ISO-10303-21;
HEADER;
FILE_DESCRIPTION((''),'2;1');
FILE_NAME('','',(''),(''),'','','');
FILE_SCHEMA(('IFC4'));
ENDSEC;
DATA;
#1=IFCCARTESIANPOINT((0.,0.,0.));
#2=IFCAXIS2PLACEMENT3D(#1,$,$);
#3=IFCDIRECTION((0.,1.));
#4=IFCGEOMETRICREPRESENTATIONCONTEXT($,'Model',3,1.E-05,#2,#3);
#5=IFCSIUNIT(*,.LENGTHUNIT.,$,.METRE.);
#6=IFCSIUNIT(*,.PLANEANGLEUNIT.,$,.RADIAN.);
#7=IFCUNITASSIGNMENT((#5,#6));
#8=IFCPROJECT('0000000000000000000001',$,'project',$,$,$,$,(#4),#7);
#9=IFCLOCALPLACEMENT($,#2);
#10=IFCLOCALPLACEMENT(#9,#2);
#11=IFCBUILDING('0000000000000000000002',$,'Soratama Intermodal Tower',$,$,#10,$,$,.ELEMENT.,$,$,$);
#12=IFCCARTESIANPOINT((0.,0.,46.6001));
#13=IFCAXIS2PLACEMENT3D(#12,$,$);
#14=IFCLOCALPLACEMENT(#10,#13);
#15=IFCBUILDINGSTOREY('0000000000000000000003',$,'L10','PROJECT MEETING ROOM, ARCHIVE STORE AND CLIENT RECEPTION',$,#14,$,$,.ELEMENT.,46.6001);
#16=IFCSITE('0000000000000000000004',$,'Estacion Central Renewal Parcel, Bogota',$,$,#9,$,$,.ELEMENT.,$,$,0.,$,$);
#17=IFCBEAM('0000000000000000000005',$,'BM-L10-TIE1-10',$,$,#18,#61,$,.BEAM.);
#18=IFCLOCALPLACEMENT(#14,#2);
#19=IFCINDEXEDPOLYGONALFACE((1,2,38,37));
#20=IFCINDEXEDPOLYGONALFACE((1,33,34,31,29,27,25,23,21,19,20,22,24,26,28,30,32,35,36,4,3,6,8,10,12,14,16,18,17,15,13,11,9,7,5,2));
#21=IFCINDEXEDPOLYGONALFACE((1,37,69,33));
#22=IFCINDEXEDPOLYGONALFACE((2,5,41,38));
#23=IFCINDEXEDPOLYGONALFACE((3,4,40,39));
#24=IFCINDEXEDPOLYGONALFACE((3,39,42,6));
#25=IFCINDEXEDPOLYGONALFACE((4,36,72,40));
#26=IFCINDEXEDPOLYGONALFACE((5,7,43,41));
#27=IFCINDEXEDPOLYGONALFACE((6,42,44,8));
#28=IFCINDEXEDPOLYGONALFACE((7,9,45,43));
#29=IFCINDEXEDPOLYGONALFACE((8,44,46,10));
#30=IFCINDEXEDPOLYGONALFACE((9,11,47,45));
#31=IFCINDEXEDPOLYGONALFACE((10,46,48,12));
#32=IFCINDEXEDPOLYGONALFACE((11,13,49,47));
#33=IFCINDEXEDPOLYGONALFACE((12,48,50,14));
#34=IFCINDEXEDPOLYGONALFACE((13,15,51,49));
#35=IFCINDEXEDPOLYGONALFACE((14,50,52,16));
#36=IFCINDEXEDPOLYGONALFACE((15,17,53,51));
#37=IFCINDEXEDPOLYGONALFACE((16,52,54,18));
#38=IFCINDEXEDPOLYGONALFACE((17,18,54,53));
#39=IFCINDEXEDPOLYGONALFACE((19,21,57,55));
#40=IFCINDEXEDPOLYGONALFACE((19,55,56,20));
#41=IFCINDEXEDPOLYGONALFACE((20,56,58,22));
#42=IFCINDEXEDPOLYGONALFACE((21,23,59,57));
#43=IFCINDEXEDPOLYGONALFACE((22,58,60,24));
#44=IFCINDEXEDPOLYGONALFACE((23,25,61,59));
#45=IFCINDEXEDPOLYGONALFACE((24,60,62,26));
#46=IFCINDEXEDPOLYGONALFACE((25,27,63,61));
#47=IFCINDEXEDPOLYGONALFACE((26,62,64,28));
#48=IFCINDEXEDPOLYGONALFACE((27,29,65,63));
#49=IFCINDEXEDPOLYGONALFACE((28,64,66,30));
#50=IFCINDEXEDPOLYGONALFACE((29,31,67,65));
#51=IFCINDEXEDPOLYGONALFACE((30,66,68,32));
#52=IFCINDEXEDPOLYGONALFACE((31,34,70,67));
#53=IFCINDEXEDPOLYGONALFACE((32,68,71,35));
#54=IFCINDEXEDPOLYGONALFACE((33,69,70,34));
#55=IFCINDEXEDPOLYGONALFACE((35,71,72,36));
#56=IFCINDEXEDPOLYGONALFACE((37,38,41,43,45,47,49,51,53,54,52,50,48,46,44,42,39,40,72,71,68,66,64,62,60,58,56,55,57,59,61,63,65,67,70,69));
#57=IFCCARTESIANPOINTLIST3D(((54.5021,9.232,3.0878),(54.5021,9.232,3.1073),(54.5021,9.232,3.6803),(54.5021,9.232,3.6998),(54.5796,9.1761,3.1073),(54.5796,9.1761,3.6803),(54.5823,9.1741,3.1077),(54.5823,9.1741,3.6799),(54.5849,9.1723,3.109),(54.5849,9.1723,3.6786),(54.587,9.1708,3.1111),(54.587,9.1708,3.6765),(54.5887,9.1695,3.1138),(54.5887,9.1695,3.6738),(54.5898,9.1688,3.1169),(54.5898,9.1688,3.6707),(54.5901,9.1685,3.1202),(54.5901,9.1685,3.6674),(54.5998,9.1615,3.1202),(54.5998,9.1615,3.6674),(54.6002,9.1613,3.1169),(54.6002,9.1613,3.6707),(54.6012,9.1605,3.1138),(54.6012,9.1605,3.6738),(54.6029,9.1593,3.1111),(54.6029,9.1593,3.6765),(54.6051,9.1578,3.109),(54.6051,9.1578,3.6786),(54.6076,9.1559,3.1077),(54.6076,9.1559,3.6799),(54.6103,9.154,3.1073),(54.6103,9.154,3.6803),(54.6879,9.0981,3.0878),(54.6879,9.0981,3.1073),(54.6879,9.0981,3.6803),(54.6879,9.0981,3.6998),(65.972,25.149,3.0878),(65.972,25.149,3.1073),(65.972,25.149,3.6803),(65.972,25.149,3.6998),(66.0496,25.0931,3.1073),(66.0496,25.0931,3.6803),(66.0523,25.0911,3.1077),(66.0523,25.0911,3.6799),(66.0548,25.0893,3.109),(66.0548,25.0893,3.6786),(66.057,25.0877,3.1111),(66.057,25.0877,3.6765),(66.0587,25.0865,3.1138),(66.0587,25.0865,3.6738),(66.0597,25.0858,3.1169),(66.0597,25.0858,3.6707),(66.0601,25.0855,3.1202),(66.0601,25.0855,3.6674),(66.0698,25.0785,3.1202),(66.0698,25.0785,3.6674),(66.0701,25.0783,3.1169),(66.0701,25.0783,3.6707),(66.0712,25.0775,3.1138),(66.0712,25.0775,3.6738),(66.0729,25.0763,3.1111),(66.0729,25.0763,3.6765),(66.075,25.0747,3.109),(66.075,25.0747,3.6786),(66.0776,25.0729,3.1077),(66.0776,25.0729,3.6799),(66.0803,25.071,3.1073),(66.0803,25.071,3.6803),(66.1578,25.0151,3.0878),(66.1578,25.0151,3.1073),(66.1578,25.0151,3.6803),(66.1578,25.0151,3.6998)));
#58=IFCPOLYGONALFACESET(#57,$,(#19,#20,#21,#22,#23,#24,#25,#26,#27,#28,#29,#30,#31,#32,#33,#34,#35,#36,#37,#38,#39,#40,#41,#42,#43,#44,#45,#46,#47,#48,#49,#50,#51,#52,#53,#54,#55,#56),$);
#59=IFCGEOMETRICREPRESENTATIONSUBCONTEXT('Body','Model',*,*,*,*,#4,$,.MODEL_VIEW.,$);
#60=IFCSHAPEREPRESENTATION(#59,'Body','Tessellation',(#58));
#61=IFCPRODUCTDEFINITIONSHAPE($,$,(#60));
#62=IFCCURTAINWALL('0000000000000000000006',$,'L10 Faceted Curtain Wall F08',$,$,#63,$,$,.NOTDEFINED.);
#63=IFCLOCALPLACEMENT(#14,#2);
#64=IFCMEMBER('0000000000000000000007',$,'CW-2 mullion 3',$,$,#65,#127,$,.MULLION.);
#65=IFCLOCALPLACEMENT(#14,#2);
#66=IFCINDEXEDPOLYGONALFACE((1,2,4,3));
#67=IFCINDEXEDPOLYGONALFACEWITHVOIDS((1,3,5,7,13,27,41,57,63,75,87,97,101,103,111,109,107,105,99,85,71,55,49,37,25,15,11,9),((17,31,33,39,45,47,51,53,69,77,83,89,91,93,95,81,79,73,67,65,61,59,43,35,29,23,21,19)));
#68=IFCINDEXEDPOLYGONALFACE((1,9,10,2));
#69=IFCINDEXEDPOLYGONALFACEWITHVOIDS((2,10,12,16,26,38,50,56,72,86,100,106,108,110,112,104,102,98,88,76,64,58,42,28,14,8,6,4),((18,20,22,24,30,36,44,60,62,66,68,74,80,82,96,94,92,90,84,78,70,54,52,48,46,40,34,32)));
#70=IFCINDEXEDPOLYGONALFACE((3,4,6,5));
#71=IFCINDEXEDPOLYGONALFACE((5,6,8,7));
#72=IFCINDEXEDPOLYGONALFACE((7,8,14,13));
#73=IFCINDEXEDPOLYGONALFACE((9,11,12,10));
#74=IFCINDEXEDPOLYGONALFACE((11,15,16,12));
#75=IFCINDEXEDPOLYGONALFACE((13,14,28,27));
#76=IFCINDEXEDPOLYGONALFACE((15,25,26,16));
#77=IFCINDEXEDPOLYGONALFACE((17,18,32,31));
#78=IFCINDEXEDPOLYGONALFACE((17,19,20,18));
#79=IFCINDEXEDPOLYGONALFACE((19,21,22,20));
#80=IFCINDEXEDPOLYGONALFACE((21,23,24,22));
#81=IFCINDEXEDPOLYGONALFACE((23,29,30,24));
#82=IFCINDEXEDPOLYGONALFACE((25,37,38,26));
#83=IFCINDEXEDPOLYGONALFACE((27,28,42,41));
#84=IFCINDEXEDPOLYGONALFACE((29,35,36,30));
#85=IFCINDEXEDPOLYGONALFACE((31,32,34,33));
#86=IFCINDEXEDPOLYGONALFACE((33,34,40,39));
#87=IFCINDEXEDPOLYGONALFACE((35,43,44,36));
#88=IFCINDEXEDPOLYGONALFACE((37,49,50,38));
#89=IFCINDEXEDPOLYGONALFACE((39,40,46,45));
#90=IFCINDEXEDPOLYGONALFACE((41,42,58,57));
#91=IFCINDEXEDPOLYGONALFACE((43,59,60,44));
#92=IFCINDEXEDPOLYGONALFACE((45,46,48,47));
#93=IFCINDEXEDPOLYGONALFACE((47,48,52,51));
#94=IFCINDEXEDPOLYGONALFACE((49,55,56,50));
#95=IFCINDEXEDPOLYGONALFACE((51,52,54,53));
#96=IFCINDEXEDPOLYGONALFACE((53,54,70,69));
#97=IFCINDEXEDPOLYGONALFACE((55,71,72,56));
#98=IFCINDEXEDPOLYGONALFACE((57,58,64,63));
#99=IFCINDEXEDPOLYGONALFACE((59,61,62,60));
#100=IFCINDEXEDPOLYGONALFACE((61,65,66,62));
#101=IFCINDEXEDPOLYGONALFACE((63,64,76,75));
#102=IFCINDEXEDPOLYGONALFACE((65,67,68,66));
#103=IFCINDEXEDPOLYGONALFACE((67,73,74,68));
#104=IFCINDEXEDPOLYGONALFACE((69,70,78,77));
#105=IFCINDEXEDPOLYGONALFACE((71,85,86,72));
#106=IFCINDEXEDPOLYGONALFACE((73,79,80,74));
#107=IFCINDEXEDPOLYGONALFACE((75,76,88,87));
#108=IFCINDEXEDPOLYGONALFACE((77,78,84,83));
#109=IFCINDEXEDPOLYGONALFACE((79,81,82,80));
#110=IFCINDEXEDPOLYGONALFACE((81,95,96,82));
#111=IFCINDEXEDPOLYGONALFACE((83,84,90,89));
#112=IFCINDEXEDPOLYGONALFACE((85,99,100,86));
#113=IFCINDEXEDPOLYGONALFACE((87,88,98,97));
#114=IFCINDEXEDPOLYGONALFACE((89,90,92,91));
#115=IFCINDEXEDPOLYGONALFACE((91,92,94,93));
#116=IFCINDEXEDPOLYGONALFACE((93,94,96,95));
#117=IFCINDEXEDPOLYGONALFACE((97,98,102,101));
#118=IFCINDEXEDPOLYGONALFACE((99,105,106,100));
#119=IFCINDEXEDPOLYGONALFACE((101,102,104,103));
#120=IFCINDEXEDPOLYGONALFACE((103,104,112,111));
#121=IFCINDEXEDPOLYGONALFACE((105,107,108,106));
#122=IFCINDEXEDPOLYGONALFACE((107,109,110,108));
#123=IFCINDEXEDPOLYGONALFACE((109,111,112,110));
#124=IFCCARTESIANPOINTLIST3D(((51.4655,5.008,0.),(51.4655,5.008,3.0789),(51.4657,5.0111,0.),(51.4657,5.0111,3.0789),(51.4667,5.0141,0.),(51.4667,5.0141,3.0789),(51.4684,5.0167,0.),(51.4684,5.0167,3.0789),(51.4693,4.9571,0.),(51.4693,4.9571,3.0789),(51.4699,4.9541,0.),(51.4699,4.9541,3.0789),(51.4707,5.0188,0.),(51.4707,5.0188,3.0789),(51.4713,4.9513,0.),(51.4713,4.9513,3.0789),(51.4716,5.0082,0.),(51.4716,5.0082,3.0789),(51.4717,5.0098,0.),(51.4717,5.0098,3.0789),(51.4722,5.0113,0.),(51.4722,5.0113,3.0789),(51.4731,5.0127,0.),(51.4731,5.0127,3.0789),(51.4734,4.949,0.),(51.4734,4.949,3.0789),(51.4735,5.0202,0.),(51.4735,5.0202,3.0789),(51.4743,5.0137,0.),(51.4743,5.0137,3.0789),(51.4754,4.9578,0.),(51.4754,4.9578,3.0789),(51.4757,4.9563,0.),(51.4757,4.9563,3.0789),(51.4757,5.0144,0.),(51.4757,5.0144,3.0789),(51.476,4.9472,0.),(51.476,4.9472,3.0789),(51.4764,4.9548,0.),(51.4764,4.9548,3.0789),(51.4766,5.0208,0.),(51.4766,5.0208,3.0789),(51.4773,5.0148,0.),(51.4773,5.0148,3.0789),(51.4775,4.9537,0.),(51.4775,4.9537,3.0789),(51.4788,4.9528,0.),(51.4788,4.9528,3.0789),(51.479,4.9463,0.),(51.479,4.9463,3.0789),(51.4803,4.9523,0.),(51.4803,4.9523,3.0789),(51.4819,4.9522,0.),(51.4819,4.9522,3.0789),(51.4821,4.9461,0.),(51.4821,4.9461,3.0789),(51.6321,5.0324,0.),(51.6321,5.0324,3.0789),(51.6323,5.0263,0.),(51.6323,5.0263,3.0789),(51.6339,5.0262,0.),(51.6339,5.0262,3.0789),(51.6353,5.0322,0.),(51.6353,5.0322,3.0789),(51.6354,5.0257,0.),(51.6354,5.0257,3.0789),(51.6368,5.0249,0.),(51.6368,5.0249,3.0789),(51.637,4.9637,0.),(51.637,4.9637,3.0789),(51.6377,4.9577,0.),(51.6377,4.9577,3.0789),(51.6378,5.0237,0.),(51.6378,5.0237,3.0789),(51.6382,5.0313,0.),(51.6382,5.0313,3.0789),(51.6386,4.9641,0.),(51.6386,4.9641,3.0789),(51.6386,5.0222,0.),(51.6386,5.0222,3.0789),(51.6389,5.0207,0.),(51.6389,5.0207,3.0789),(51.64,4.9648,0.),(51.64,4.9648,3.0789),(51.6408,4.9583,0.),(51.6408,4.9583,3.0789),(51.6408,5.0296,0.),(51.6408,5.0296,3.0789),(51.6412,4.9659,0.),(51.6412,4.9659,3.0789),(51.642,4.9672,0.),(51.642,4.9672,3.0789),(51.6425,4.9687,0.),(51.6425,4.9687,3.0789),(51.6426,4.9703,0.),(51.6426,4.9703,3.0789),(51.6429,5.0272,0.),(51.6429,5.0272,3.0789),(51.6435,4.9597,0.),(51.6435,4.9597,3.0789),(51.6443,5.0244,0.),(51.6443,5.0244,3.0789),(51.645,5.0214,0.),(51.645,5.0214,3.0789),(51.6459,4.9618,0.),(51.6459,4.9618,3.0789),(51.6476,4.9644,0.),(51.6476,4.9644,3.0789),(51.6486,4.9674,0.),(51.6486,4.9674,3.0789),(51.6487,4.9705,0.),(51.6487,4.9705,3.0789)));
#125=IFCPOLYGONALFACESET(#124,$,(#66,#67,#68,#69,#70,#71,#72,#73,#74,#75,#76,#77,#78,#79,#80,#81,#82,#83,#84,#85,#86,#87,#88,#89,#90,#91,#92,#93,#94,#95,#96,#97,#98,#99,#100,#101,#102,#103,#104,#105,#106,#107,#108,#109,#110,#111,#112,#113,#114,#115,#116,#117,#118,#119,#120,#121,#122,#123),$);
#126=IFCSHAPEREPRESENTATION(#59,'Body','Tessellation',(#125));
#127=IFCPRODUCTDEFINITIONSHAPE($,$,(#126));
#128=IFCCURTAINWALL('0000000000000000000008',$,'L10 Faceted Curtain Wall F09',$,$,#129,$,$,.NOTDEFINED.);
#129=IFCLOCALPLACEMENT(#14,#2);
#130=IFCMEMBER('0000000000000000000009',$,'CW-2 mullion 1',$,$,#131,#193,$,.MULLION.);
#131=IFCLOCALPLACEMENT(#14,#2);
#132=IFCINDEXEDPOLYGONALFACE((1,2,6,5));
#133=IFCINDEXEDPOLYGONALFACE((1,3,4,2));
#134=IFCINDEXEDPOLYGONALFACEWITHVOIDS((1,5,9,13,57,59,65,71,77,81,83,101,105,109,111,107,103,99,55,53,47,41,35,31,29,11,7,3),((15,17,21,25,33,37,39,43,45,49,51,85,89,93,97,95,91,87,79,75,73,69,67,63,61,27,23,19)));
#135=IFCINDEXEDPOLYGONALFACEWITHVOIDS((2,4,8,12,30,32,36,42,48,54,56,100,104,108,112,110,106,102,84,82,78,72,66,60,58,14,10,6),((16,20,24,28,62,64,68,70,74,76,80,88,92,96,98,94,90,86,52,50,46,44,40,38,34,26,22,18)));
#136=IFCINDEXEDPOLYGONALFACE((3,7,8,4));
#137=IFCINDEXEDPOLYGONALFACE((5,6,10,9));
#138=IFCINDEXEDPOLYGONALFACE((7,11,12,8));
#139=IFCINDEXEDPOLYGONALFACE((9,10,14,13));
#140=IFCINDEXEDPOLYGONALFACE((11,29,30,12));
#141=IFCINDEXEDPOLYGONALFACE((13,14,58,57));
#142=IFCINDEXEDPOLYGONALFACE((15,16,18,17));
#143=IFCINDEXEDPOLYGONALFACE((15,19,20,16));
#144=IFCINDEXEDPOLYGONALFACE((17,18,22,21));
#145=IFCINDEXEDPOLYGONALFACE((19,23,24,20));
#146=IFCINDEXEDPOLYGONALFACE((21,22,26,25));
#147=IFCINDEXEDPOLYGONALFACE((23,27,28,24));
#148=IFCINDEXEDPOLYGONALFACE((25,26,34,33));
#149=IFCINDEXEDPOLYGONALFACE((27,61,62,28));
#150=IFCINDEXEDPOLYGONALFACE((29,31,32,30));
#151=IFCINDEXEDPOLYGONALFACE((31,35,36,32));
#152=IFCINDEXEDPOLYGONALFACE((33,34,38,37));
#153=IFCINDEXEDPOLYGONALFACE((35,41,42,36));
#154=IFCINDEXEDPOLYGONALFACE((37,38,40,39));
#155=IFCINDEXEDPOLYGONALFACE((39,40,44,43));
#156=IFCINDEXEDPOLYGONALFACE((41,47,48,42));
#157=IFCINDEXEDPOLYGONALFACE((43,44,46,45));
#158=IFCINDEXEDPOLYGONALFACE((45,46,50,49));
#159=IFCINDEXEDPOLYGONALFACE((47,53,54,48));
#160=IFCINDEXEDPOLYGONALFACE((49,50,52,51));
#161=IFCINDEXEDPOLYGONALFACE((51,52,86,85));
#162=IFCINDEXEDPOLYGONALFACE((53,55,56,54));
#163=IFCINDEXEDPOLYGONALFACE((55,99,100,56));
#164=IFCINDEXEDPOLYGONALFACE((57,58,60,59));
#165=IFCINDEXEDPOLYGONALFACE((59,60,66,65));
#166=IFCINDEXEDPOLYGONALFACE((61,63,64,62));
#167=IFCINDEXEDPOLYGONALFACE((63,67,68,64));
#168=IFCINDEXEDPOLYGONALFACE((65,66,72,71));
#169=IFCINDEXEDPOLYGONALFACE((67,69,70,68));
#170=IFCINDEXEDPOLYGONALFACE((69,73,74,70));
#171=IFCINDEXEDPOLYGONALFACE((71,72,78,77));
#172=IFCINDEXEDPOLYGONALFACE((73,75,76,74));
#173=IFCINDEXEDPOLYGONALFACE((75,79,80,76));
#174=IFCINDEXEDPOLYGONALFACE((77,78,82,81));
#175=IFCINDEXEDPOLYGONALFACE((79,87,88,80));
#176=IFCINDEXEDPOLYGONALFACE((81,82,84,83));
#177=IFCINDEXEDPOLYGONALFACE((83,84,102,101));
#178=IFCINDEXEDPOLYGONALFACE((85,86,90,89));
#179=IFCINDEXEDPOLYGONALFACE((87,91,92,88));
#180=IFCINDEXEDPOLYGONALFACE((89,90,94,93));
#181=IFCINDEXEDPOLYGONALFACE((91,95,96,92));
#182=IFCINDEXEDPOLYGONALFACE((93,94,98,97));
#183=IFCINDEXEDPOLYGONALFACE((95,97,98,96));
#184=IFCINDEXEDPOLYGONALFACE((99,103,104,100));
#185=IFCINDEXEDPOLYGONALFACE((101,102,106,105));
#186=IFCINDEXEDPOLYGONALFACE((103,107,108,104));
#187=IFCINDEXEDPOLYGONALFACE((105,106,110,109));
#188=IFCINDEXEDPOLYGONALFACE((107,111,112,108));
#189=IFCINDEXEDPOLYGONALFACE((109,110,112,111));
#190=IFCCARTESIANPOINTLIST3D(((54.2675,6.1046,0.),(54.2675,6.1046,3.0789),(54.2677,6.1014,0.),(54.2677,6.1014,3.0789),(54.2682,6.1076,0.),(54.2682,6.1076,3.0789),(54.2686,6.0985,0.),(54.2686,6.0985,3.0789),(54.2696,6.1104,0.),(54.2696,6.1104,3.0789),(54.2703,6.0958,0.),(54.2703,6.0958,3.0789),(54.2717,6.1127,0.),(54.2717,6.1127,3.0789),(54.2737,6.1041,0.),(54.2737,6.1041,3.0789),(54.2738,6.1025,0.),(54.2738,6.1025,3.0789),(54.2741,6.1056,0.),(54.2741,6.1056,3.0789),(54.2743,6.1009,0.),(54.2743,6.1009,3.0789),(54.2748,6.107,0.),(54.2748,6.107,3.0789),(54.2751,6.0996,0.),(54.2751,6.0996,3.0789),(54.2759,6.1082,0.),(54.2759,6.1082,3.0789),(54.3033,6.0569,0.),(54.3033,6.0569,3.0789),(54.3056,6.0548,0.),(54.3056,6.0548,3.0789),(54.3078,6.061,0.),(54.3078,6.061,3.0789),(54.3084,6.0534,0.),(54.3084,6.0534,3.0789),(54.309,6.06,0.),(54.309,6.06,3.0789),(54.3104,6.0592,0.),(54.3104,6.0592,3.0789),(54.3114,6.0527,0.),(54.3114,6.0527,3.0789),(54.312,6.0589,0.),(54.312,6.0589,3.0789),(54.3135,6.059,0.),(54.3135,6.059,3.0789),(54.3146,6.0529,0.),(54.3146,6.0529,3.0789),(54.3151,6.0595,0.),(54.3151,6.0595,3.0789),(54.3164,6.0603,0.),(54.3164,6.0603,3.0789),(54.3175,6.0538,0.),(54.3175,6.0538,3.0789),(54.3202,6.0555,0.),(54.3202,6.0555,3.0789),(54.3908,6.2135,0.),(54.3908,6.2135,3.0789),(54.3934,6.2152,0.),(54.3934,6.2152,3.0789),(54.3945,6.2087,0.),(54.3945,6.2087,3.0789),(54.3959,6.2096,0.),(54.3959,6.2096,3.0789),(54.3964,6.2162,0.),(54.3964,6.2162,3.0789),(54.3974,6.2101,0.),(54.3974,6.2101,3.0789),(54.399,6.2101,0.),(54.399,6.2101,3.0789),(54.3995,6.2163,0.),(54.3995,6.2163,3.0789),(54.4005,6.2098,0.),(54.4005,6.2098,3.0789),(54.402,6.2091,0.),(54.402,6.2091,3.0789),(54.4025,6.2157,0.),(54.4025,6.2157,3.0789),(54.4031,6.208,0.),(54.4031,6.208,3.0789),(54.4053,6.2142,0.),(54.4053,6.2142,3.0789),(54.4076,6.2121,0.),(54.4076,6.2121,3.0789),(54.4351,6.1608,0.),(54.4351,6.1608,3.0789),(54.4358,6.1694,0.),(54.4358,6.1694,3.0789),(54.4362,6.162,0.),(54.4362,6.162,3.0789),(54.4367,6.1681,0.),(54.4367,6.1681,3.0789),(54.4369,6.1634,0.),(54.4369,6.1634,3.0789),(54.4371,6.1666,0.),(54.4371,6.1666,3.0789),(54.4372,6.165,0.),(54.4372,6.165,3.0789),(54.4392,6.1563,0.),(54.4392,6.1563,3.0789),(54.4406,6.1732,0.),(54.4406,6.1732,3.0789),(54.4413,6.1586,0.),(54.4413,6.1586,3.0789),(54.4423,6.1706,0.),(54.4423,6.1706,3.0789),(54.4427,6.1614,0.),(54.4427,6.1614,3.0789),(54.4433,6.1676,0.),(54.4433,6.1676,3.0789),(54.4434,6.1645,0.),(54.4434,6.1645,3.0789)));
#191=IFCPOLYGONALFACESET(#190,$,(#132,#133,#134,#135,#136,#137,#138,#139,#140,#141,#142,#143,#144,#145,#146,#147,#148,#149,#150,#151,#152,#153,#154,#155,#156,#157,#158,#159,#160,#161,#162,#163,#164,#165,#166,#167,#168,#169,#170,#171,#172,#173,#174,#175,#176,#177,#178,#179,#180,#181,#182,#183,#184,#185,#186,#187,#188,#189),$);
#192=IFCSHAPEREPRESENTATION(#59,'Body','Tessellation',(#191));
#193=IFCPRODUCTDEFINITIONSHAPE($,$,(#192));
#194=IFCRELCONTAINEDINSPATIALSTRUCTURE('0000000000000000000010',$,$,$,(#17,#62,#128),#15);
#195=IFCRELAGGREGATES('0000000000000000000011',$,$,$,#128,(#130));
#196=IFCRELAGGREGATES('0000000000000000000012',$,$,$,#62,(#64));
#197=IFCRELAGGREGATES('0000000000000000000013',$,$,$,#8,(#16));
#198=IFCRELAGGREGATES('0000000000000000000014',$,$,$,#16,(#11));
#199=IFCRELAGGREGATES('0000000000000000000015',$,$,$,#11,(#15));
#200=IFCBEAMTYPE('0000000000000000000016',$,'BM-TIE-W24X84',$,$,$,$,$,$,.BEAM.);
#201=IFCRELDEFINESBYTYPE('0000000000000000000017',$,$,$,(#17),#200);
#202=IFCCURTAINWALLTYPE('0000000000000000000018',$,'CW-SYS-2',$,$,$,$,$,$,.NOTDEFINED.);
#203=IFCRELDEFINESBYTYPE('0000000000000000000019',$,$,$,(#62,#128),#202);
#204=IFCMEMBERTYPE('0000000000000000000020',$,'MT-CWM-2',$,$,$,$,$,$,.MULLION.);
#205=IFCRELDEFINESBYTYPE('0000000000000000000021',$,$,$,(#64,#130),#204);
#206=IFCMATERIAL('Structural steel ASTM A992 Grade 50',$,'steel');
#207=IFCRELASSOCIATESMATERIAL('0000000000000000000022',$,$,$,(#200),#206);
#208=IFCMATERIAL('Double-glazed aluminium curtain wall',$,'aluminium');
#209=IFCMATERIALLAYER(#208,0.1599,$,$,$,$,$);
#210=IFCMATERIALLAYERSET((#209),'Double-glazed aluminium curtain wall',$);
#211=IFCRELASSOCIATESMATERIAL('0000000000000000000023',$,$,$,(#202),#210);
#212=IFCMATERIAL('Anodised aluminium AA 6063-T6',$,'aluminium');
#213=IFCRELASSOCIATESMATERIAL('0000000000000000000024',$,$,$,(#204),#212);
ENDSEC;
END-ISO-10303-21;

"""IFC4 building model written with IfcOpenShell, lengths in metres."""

from ifc_helpers import new_model, si_unit, direction, frame, origin, origin_2d, place, context, subcontext, project, spatial, hollow_rectangle, i_section, extrude, material, layer, layer_set, material_profile, profile_set, type_object, element, aggregate, save


model = new_model("IFC4")

# Units and contexts
model_context = context("Model", 3, precision=1e-05, world=origin(), true_north=direction((0.0, 1.0)))
body_context = subcontext(model_context, "Body", "Model", "MODEL_VIEW")
ifc_project = project(units=[si_unit("LENGTHUNIT", "METRE"), si_unit("PLANEANGLEUNIT", "RADIAN")], contexts=[model_context])

# Site, building, storey
site_placement = place(None, origin())
site = spatial("IfcSite", under=ifc_project, at=site_placement, Name="Estacion Central Renewal Parcel, Bogota", CompositionType="ELEMENT", RefElevation=0.0)
building_placement = place(site_placement, origin())
building = spatial("IfcBuilding", under=site, at=building_placement, Name="Soratama Intermodal Tower", CompositionType="ELEMENT")
storey_placement = place(building_placement, frame((0.0, 0.0, 46.6001)))
storey = spatial("IfcBuildingStorey", under=building, at=storey_placement, Name="L10", Description="PROJECT MEETING ROOM, ARCHIVE STORE AND CLIENT RECEPTION", CompositionType="ELEMENT", Elevation=46.6001)

# Beam
ifc_material_1 = material(Name="Structural steel ASTM A992 Grade 50", Category="steel")
ifc_material_profile_1 = material_profile(ifc_material_1, i_section(OverallWidth=0.229, OverallDepth=0.6121, WebThickness=0.012, FlangeThickness=0.0195, FilletRadius=0.0129, at=origin_2d()), Name="W24X84")
ifc_profile_set_1 = profile_set([ifc_material_profile_1], Name="Structural steel ASTM A992 Grade 50")
beam_type_1 = type_object("IfcBeamType", Name="BM-TIE-W24X84", PredefinedType="BEAM", material=ifc_profile_set_1)
beam_1_placement = place(storey_placement, frame((54.595, 9.165, 3.3938), z_axis=(0.584632, 0.811299, 0.0), x_axis=(-0.811299, 0.584632, 0.0)))
element("IfcBeam", 1, at=beam_1_placement, inside=storey, type_object=beam_type_1, Name="BM-L10-TIE1-10", PredefinedType="BEAM", context=body_context, shape_type="SweptSolid", body=[
    extrude(i_section(OverallWidth=0.229, OverallDepth=0.6121, WebThickness=0.012, FlangeThickness=0.0195, FilletRadius=0.0129, at=origin_2d()), origin(), (0.0, 0.0, 1.0), 19.6191),
])

# Curtain wall, member
ifc_material_2 = material(Name="Double-glazed aluminium curtain wall", Category="aluminium")
ifc_layer_1 = layer(ifc_material_2, 0.1599)
ifc_layer_set_1 = layer_set([ifc_layer_1], Name="Double-glazed aluminium curtain wall")
curtain_wall_type = type_object("IfcCurtainWallType", Name="CW-SYS-2", PredefinedType="NOTDEFINED", material=ifc_layer_set_1)
curtain_wall_1_placement = place(storey_placement, origin())
curtain_wall_1 = element("IfcCurtainWall", 2, at=curtain_wall_1_placement, inside=storey, type_object=curtain_wall_type, Name="L10 Faceted Curtain Wall F08", PredefinedType="NOTDEFINED")
ifc_material_3 = material(Name="Anodised aluminium AA 6063-T6", Category="aluminium")
ifc_material_profile_2 = material_profile(ifc_material_3, hollow_rectangle(XDim=0.075, YDim=0.1799, WallThickness=0.0061, InnerFilletRadius=0.0061, OuterFilletRadius=0.012, at=origin_2d()), Name="CWM180X75X6")
ifc_profile_set_2 = profile_set([ifc_material_profile_2], Name="Anodised aluminium AA 6063-T6")
member_type_1 = type_object("IfcMemberType", Name="MT-CWM-2", PredefinedType="MULLION", material=ifc_profile_set_2)
member_1_placement = place(storey_placement, frame((51.5571, 4.9893, 0.0), z_axis=(0.0, 0.0, 1.0), x_axis=(-0.074283, 0.997237, 0.0)))
member_1 = element("IfcMember", 3, at=member_1_placement, type_object=member_type_1, Name="CW-2 mullion 3", PredefinedType="MULLION", context=body_context, shape_type="SweptSolid", body=[
    extrude(hollow_rectangle(XDim=0.075, YDim=0.1799, WallThickness=0.0061, InnerFilletRadius=0.0061, OuterFilletRadius=0.012, at=origin_2d()), origin(), (0.0, 0.0, 1.0), 3.0789),
])

# Curtain wall, member
curtain_wall_2_placement = place(storey_placement, origin())
curtain_wall_2 = element("IfcCurtainWall", 4, at=curtain_wall_2_placement, inside=storey, type_object=curtain_wall_type, Name="L10 Faceted Curtain Wall F09", PredefinedType="NOTDEFINED")
member_2_placement = place(storey_placement, frame((54.3555, 6.1345, 0.0), z_axis=(0.0, 0.0, 1.0), x_axis=(-0.646259, 0.763118, 0.0)))
member_2 = element("IfcMember", 5, at=member_2_placement, type_object=member_type_1, Name="CW-2 mullion 1", PredefinedType="MULLION", context=body_context, shape_type="SweptSolid", body=[
    extrude(hollow_rectangle(XDim=0.075, YDim=0.1799, WallThickness=0.0061, InnerFilletRadius=0.0061, OuterFilletRadius=0.012, at=origin_2d()), origin(), (0.0, 0.0, 1.0), 3.0789),
])
aggregate(curtain_wall_2, [member_2])

aggregate(curtain_wall_1, [member_1])

save(model, "model.ifc")
